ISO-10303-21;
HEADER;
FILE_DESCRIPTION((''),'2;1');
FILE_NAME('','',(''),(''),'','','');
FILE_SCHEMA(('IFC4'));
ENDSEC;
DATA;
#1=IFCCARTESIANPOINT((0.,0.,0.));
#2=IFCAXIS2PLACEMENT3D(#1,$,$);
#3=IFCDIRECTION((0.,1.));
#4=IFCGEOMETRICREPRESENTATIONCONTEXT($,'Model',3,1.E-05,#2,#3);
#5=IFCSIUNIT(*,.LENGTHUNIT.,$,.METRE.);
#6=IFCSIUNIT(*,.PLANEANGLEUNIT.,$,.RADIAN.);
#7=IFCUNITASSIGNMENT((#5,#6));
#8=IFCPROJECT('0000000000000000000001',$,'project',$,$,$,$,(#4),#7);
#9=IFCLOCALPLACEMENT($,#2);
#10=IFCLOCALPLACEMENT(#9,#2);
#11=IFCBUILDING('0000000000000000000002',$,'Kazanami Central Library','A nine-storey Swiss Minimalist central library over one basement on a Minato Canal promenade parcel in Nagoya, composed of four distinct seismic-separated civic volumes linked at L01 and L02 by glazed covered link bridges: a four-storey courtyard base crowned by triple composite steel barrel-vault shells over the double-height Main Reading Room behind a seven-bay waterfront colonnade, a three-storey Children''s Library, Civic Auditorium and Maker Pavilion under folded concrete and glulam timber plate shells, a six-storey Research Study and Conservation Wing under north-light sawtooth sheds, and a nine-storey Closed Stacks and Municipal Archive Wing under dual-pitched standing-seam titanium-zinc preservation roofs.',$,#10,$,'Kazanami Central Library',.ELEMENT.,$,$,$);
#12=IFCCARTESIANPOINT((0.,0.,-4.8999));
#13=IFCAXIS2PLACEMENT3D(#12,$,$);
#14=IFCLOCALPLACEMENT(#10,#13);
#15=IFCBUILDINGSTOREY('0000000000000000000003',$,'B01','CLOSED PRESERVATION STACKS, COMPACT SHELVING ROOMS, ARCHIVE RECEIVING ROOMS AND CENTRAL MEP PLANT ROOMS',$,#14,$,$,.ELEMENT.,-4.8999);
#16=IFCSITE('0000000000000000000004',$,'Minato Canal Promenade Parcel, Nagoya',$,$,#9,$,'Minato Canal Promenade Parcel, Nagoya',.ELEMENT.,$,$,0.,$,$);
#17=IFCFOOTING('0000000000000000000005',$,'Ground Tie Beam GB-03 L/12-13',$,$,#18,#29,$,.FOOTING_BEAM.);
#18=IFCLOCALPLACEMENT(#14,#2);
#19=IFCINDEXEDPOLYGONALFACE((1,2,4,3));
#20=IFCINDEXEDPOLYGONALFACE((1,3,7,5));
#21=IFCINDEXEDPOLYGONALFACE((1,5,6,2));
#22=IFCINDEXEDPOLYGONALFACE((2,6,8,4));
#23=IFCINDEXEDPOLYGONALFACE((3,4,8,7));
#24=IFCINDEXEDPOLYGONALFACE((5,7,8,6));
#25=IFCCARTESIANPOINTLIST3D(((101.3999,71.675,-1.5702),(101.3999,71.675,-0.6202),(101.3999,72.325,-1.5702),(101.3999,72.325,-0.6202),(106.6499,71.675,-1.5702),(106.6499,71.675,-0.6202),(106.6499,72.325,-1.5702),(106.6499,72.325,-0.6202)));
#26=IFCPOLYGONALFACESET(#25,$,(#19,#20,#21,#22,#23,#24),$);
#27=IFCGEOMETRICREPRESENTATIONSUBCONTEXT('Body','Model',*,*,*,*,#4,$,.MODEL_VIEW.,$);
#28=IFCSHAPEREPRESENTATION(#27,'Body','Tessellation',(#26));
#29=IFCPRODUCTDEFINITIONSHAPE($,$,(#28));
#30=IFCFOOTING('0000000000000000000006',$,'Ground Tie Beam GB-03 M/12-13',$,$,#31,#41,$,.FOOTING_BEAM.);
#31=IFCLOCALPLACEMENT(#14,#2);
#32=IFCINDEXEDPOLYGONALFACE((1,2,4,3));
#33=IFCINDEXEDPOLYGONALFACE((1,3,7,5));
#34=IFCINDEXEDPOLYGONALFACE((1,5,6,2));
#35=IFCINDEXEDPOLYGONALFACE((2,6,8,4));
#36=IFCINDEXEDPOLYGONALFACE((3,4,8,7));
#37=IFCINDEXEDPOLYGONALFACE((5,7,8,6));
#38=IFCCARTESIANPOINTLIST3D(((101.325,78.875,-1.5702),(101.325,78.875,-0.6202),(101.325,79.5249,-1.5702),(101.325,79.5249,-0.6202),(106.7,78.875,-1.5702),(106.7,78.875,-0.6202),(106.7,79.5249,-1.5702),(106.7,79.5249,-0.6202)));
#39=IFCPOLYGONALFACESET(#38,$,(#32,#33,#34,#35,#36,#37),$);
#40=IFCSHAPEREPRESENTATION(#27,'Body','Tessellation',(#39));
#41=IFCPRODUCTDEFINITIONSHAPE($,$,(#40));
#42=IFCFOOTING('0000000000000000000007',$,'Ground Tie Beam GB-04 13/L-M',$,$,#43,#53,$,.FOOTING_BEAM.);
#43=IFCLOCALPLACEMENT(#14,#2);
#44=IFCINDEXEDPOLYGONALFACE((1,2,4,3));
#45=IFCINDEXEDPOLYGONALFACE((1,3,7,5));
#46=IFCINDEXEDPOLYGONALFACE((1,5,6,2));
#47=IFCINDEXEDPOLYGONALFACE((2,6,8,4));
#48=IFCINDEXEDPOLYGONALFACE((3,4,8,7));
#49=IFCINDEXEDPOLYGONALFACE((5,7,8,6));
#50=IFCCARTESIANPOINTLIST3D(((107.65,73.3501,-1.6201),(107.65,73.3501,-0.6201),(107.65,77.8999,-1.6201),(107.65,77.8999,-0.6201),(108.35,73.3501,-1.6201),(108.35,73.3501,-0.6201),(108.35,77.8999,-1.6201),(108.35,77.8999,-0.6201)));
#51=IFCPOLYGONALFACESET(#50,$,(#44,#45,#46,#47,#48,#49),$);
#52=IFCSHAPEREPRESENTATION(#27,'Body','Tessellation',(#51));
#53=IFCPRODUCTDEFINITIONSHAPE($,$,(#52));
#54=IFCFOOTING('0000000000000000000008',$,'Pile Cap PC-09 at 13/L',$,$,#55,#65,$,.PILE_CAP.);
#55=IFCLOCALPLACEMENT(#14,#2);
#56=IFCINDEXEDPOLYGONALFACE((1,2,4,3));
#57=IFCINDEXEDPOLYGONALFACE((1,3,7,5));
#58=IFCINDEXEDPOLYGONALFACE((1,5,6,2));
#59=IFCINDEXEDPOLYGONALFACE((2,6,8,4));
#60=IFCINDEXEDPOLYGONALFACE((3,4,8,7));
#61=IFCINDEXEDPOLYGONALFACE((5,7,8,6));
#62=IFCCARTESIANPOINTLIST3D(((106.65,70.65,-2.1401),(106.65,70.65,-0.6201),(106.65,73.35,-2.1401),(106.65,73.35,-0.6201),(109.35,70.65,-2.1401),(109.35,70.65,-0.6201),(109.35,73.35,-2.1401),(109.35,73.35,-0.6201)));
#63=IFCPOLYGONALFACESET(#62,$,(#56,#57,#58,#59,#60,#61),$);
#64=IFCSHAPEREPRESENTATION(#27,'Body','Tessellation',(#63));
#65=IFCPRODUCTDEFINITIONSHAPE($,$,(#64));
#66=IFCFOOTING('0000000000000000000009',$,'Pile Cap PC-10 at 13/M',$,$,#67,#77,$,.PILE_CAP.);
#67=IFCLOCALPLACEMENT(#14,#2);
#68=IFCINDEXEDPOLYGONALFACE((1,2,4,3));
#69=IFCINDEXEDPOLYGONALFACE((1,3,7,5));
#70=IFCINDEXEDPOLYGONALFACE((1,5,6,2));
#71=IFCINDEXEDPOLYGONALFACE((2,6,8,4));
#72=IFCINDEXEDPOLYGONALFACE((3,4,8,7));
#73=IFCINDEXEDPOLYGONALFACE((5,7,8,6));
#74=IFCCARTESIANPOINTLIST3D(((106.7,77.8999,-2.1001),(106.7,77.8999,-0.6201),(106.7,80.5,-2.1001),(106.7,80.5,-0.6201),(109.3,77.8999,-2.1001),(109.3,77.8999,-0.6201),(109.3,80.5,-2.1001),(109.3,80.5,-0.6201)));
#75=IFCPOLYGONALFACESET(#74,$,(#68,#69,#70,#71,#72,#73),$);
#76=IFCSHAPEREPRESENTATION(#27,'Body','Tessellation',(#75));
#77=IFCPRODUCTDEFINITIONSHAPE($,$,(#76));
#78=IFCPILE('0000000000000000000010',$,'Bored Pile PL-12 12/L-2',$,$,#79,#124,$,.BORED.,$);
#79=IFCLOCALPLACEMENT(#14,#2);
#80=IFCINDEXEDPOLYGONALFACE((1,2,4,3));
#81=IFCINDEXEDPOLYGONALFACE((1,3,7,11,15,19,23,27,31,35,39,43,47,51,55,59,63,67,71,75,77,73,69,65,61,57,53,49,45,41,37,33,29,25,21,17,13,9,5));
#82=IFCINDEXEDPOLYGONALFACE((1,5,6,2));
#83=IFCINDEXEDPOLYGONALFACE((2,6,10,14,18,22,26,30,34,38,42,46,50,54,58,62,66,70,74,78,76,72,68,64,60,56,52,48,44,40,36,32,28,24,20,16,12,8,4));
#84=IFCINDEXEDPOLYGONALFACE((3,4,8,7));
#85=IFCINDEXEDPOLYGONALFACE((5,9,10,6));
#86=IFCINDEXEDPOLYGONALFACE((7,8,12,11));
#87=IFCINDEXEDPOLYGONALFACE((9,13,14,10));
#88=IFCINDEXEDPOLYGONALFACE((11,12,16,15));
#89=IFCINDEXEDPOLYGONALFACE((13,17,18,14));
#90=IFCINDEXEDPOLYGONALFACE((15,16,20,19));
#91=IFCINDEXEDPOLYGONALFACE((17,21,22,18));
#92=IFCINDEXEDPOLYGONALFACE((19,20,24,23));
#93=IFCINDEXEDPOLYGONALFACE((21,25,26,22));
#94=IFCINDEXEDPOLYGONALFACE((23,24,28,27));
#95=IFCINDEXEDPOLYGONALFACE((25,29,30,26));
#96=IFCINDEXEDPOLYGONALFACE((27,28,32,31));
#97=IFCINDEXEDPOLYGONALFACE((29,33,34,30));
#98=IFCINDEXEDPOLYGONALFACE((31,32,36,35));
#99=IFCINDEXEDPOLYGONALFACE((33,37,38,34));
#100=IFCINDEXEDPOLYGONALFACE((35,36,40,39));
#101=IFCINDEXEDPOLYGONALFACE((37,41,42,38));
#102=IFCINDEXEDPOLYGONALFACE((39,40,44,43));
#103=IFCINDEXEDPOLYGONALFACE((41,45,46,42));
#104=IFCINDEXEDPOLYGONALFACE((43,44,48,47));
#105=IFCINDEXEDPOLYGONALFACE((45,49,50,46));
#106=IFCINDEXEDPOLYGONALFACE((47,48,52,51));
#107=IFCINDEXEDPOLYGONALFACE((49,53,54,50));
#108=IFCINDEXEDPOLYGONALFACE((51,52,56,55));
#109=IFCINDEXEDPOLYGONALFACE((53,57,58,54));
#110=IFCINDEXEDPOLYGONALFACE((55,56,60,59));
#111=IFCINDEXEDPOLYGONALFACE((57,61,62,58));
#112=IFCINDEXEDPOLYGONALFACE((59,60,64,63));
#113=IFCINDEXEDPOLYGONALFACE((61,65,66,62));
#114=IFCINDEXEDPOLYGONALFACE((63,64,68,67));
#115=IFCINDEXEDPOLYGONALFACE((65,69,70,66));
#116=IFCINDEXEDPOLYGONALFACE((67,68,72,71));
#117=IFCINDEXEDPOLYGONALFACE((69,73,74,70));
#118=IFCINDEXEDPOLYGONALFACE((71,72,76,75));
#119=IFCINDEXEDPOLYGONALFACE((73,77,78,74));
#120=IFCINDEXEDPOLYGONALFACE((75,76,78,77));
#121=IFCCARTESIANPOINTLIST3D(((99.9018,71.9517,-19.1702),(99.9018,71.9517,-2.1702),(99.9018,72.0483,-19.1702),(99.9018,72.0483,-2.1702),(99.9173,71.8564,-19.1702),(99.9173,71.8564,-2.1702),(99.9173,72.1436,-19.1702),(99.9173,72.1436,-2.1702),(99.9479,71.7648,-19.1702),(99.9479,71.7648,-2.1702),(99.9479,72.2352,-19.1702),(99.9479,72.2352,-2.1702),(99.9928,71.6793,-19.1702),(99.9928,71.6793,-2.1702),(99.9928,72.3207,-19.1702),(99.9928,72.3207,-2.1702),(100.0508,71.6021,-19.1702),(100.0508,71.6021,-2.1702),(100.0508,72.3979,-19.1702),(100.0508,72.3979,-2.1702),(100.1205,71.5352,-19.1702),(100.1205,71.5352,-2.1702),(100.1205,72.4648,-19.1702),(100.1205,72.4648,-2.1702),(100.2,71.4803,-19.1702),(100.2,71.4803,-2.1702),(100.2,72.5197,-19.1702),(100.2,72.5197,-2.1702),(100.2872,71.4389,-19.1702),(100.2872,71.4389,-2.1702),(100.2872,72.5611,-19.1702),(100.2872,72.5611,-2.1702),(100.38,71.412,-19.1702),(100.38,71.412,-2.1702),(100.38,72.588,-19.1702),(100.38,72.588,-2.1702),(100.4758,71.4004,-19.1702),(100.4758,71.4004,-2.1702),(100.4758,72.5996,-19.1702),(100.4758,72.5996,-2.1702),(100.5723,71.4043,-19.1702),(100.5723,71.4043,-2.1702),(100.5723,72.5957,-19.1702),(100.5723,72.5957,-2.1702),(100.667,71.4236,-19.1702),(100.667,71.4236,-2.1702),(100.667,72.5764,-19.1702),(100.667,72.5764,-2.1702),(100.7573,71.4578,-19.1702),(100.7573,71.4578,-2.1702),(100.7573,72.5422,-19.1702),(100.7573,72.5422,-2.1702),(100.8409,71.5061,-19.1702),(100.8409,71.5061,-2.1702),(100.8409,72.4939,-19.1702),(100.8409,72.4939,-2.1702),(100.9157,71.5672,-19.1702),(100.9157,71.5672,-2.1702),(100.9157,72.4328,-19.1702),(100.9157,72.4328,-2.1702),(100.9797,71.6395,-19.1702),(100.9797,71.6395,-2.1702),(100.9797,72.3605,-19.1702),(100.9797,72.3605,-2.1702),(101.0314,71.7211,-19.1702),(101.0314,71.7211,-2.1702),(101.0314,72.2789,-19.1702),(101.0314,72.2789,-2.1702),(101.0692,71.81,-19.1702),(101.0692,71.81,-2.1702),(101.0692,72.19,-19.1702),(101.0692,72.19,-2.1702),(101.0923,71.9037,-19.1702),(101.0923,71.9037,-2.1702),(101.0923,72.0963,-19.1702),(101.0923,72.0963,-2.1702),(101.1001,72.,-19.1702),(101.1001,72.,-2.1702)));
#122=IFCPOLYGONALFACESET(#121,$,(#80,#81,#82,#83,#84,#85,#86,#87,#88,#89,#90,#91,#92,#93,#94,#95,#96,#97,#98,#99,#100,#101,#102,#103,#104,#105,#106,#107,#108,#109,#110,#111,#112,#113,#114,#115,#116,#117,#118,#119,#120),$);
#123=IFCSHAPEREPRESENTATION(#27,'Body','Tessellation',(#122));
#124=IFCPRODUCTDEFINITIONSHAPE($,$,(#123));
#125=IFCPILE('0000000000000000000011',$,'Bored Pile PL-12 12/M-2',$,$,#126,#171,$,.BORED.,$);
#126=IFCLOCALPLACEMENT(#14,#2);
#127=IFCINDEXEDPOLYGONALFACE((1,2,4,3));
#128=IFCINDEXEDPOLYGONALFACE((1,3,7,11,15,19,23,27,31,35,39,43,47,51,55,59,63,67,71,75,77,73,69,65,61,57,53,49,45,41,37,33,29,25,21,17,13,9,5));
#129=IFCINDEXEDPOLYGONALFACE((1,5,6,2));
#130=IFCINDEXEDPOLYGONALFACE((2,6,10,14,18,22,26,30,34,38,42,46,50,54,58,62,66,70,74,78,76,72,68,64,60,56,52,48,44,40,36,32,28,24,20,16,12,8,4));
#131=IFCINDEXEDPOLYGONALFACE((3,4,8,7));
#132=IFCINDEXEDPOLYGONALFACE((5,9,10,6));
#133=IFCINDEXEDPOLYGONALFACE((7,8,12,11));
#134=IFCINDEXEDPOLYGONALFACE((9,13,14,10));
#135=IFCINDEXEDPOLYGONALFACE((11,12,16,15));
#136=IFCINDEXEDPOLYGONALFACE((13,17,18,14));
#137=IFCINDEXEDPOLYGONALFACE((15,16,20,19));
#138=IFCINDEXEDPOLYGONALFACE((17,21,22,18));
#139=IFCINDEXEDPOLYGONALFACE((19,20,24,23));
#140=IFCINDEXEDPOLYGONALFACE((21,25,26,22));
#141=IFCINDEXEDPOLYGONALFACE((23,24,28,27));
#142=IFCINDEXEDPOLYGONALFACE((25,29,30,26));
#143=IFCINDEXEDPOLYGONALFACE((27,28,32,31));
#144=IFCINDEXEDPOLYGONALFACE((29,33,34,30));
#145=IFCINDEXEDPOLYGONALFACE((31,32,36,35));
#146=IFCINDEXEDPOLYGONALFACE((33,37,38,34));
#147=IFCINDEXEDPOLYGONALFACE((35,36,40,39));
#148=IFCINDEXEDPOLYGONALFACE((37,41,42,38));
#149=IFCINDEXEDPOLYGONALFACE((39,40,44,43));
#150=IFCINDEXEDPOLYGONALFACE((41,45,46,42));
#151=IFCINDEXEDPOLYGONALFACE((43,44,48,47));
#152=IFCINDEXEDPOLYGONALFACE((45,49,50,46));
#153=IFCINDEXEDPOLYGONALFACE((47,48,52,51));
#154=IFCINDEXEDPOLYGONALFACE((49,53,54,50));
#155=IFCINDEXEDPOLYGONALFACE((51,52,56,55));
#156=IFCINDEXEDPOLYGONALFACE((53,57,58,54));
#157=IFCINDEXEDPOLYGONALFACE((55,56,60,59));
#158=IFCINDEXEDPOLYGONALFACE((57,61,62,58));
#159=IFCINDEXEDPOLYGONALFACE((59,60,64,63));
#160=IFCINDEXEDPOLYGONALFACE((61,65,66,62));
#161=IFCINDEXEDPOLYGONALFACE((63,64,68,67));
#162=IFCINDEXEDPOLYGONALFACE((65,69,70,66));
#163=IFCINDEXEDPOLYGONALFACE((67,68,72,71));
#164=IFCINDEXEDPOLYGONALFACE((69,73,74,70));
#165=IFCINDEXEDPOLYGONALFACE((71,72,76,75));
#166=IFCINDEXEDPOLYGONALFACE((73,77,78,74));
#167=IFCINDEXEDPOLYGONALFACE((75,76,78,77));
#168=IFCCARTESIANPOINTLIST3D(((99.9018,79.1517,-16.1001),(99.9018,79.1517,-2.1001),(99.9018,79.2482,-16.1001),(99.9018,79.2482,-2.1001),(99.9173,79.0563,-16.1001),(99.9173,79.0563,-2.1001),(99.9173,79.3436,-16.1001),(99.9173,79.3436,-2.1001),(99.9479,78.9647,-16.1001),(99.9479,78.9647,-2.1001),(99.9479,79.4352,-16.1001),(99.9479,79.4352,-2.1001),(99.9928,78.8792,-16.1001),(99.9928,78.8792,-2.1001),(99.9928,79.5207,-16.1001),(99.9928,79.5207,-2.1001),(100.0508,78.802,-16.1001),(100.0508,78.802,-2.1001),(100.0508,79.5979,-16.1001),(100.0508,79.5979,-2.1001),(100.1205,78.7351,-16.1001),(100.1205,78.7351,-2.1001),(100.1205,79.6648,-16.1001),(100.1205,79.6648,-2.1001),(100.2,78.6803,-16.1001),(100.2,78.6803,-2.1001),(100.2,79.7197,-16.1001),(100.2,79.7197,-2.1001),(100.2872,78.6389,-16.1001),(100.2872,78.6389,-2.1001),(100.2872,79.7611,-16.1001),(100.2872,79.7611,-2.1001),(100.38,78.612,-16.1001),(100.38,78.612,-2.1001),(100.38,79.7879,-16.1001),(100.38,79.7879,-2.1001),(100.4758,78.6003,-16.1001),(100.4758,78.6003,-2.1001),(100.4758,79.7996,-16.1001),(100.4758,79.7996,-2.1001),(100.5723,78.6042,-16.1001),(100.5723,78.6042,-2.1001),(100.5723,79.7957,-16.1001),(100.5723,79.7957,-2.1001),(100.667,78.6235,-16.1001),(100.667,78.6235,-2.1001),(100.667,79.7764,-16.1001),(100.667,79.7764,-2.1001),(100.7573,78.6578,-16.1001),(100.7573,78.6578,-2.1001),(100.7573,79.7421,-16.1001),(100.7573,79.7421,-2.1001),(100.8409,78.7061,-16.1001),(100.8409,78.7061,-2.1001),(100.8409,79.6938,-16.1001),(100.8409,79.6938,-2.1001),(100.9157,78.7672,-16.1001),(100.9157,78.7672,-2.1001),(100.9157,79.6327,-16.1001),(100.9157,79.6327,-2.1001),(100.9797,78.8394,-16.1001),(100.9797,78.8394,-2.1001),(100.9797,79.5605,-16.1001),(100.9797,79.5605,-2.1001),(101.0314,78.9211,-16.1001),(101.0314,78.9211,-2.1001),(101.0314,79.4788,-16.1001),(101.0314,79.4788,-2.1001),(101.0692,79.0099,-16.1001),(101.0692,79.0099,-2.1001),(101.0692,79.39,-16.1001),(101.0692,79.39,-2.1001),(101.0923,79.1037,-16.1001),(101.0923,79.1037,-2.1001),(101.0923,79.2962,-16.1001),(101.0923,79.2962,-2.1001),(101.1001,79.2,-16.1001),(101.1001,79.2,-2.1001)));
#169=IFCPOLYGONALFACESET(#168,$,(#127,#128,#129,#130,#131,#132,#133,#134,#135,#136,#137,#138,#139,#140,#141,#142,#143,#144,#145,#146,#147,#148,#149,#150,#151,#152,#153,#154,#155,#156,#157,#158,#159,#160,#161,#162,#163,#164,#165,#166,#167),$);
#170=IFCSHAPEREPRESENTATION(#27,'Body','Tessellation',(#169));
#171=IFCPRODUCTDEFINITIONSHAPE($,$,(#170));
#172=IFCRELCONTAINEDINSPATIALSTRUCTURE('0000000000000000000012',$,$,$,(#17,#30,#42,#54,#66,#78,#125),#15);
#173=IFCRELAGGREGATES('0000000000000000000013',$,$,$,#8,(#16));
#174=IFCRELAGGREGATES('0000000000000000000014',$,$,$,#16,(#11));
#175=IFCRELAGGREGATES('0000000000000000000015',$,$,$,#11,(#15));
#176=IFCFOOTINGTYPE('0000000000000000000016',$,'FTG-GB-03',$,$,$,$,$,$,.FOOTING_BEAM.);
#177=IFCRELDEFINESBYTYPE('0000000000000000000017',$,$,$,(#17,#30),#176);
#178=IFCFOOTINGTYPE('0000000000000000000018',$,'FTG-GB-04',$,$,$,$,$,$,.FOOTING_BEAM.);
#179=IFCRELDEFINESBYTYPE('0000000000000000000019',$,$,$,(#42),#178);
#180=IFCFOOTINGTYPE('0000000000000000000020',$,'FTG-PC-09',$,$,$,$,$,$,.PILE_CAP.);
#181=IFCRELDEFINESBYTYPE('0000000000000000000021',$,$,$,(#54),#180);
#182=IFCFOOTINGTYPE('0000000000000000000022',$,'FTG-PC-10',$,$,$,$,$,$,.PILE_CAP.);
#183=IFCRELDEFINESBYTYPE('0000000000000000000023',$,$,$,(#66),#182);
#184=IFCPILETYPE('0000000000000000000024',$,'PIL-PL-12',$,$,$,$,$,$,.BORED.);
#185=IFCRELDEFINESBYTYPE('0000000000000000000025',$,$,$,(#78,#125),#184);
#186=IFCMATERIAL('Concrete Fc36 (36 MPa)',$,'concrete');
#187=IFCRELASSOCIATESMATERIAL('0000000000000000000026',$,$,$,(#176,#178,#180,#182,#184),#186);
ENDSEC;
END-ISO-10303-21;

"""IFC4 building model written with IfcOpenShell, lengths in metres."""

from ifc_helpers import new_model, si_unit, direction, frame, origin, origin_2d, place, context, subcontext, project, spatial, rectangle, circle, extrude, material, material_profile, profile_set, type_object, element, save


model = new_model("IFC4")

# Units and contexts
model_context = context("Model", 3, precision=1e-05, world=origin(), true_north=direction((0.0, 1.0)))
body_context = subcontext(model_context, "Body", "Model", "MODEL_VIEW")
ifc_project = project(units=[si_unit("LENGTHUNIT", "METRE"), si_unit("PLANEANGLEUNIT", "RADIAN")], contexts=[model_context])

# Site, building, storey
site_placement = place(None, origin())
site = spatial("IfcSite", under=ifc_project, at=site_placement, Name="Minato Canal Promenade Parcel, Nagoya", LongName="Minato Canal Promenade Parcel, Nagoya", CompositionType="ELEMENT", RefElevation=0.0)
building_placement = place(site_placement, origin())
building = spatial("IfcBuilding", under=site, at=building_placement, Name="Kazanami Central Library", Description="A nine-storey Swiss Minimalist central library over one basement on a Minato Canal promenade parcel in Nagoya, composed of four distinct seismic-separated civic volumes linked at L01 and L02 by glazed covered link bridges: a four-storey courtyard base crowned by triple composite steel barrel-vault shells over the double-height Main Reading Room behind a seven-bay waterfront colonnade, a three-storey Children's Library, Civic Auditorium and Maker Pavilion under folded concrete and glulam timber plate shells, a six-storey Research Study and Conservation Wing under north-light sawtooth sheds, and a nine-storey Closed Stacks and Municipal Archive Wing under dual-pitched standing-seam titanium-zinc preservation roofs.", LongName="Kazanami Central Library", CompositionType="ELEMENT")
storey_placement = place(building_placement, frame((0.0, 0.0, -4.8999)))
storey = spatial("IfcBuildingStorey", under=building, at=storey_placement, Name="B01", Description="CLOSED PRESERVATION STACKS, COMPACT SHELVING ROOMS, ARCHIVE RECEIVING ROOMS AND CENTRAL MEP PLANT ROOMS", CompositionType="ELEMENT", Elevation=-4.8999)

# Footings
ifc_material_1 = material(Name="Concrete Fc36 (36 MPa)", Category="concrete")
ifc_material_profile_1 = material_profile(ifc_material_1, rectangle(XDim=0.6499, YDim=0.95, at=origin_2d()), Name="RC-650x950")
ifc_profile_set_1 = profile_set([ifc_material_profile_1], Name="Concrete Fc36 (36 MPa)")
footing_type_1 = type_object("IfcFootingType", Name="FTG-GB-03", PredefinedType="FOOTING_BEAM", material=ifc_profile_set_1)
footing_1_placement = place(storey_placement, frame((101.3999, 72.0, -1.0952), z_axis=(1.0, 0.0, 0.0), x_axis=(0.0, 1.0, 0.0)))
element("IfcFooting", 1, at=footing_1_placement, inside=storey, type_object=footing_type_1, Name="Ground Tie Beam GB-03 L/12-13", PredefinedType="FOOTING_BEAM", context=body_context, shape_type="SweptSolid", body=[
    extrude(rectangle(XDim=0.6499, YDim=0.95, at=origin_2d()), origin(), (0.0, 0.0, 1.0), 5.25),
])
footing_2_placement = place(storey_placement, frame((101.325, 79.2, -1.0952), z_axis=(1.0, 0.0, 0.0), x_axis=(0.0, 1.0, 0.0)))
element("IfcFooting", 2, at=footing_2_placement, inside=storey, type_object=footing_type_1, Name="Ground Tie Beam GB-03 M/12-13", PredefinedType="FOOTING_BEAM", context=body_context, shape_type="SweptSolid", body=[
    extrude(rectangle(XDim=0.6499, YDim=0.95, at=origin_2d()), origin(), (0.0, 0.0, 1.0), 5.375),
])
ifc_material_profile_2 = material_profile(ifc_material_1, rectangle(XDim=0.7, YDim=1.0, at=origin_2d()), Name="RC-700x1000")
ifc_profile_set_2 = profile_set([ifc_material_profile_2], Name="Concrete Fc36 (36 MPa)")
footing_type_2 = type_object("IfcFootingType", Name="FTG-GB-04", PredefinedType="FOOTING_BEAM", material=ifc_profile_set_2)
footing_3_placement = place(storey_placement, frame((108.0, 73.3501, -1.1201), z_axis=(0.0, 1.0, 0.0), x_axis=(-1.0, 0.0, 0.0)))
element("IfcFooting", 3, at=footing_3_placement, inside=storey, type_object=footing_type_2, Name="Ground Tie Beam GB-04 13/L-M", PredefinedType="FOOTING_BEAM", context=body_context, shape_type="SweptSolid", body=[
    extrude(rectangle(XDim=0.7, YDim=1.0, at=origin_2d()), origin(), (0.0, 0.0, 1.0), 4.5498),
])
footing_type_3 = type_object("IfcFootingType", Name="FTG-PC-09", PredefinedType="PILE_CAP", material=ifc_material_1)
footing_4_placement = place(storey_placement, frame((108.0, 72.0, -2.1401), z_axis=(0.0, 0.0, 1.0), x_axis=(1.0, 0.0, 0.0)))
element("IfcFooting", 4, at=footing_4_placement, inside=storey, type_object=footing_type_3, Name="Pile Cap PC-09 at 13/L", PredefinedType="PILE_CAP", context=body_context, shape_type="SweptSolid", body=[
    extrude(rectangle(XDim=2.7, YDim=2.7, at=origin_2d()), origin(), (0.0, 0.0, 1.0), 1.52),
])
footing_type_4 = type_object("IfcFootingType", Name="FTG-PC-10", PredefinedType="PILE_CAP", material=ifc_material_1)
footing_5_placement = place(storey_placement, frame((108.0, 79.2, -2.1001), z_axis=(0.0, 0.0, 1.0), x_axis=(1.0, 0.0, 0.0)))
element("IfcFooting", 5, at=footing_5_placement, inside=storey, type_object=footing_type_4, Name="Pile Cap PC-10 at 13/M", PredefinedType="PILE_CAP", context=body_context, shape_type="SweptSolid", body=[
    extrude(rectangle(XDim=2.6001, YDim=2.6001, at=origin_2d()), origin(), (0.0, 0.0, 1.0), 1.48),
])

# Piles
ifc_material_profile_3 = material_profile(ifc_material_1, circle(Radius=0.6001, at=origin_2d()), Name="BORED-D1200")
ifc_profile_set_3 = profile_set([ifc_material_profile_3], Name="Concrete Fc36 (36 MPa)")
pile_type_1 = type_object("IfcPileType", Name="PIL-PL-12", PredefinedType="BORED", material=ifc_profile_set_3)
pile_1_placement = place(storey_placement, frame((100.5, 72.0, -2.1702), z_axis=(0.0, 0.0, -1.0), x_axis=(1.0, 0.0, 0.0)))
element("IfcPile", 6, at=pile_1_placement, inside=storey, type_object=pile_type_1, Name="Bored Pile PL-12 12/L-2", PredefinedType="BORED", context=body_context, shape_type="SweptSolid", body=[
    extrude(circle(Radius=0.6001, at=origin_2d()), origin(), (0.0, 0.0, 1.0), 17.0),
])
pile_2_placement = place(storey_placement, frame((100.5, 79.2, -2.1001), z_axis=(0.0, 0.0, -1.0), x_axis=(1.0, 0.0, 0.0)))
element("IfcPile", 7, at=pile_2_placement, inside=storey, type_object=pile_type_1, Name="Bored Pile PL-12 12/M-2", PredefinedType="BORED", context=body_context, shape_type="SweptSolid", body=[
    extrude(circle(Radius=0.6001, at=origin_2d()), origin(), (0.0, 0.0, 1.0), 14.0),
])

save(model, "model.ifc")
